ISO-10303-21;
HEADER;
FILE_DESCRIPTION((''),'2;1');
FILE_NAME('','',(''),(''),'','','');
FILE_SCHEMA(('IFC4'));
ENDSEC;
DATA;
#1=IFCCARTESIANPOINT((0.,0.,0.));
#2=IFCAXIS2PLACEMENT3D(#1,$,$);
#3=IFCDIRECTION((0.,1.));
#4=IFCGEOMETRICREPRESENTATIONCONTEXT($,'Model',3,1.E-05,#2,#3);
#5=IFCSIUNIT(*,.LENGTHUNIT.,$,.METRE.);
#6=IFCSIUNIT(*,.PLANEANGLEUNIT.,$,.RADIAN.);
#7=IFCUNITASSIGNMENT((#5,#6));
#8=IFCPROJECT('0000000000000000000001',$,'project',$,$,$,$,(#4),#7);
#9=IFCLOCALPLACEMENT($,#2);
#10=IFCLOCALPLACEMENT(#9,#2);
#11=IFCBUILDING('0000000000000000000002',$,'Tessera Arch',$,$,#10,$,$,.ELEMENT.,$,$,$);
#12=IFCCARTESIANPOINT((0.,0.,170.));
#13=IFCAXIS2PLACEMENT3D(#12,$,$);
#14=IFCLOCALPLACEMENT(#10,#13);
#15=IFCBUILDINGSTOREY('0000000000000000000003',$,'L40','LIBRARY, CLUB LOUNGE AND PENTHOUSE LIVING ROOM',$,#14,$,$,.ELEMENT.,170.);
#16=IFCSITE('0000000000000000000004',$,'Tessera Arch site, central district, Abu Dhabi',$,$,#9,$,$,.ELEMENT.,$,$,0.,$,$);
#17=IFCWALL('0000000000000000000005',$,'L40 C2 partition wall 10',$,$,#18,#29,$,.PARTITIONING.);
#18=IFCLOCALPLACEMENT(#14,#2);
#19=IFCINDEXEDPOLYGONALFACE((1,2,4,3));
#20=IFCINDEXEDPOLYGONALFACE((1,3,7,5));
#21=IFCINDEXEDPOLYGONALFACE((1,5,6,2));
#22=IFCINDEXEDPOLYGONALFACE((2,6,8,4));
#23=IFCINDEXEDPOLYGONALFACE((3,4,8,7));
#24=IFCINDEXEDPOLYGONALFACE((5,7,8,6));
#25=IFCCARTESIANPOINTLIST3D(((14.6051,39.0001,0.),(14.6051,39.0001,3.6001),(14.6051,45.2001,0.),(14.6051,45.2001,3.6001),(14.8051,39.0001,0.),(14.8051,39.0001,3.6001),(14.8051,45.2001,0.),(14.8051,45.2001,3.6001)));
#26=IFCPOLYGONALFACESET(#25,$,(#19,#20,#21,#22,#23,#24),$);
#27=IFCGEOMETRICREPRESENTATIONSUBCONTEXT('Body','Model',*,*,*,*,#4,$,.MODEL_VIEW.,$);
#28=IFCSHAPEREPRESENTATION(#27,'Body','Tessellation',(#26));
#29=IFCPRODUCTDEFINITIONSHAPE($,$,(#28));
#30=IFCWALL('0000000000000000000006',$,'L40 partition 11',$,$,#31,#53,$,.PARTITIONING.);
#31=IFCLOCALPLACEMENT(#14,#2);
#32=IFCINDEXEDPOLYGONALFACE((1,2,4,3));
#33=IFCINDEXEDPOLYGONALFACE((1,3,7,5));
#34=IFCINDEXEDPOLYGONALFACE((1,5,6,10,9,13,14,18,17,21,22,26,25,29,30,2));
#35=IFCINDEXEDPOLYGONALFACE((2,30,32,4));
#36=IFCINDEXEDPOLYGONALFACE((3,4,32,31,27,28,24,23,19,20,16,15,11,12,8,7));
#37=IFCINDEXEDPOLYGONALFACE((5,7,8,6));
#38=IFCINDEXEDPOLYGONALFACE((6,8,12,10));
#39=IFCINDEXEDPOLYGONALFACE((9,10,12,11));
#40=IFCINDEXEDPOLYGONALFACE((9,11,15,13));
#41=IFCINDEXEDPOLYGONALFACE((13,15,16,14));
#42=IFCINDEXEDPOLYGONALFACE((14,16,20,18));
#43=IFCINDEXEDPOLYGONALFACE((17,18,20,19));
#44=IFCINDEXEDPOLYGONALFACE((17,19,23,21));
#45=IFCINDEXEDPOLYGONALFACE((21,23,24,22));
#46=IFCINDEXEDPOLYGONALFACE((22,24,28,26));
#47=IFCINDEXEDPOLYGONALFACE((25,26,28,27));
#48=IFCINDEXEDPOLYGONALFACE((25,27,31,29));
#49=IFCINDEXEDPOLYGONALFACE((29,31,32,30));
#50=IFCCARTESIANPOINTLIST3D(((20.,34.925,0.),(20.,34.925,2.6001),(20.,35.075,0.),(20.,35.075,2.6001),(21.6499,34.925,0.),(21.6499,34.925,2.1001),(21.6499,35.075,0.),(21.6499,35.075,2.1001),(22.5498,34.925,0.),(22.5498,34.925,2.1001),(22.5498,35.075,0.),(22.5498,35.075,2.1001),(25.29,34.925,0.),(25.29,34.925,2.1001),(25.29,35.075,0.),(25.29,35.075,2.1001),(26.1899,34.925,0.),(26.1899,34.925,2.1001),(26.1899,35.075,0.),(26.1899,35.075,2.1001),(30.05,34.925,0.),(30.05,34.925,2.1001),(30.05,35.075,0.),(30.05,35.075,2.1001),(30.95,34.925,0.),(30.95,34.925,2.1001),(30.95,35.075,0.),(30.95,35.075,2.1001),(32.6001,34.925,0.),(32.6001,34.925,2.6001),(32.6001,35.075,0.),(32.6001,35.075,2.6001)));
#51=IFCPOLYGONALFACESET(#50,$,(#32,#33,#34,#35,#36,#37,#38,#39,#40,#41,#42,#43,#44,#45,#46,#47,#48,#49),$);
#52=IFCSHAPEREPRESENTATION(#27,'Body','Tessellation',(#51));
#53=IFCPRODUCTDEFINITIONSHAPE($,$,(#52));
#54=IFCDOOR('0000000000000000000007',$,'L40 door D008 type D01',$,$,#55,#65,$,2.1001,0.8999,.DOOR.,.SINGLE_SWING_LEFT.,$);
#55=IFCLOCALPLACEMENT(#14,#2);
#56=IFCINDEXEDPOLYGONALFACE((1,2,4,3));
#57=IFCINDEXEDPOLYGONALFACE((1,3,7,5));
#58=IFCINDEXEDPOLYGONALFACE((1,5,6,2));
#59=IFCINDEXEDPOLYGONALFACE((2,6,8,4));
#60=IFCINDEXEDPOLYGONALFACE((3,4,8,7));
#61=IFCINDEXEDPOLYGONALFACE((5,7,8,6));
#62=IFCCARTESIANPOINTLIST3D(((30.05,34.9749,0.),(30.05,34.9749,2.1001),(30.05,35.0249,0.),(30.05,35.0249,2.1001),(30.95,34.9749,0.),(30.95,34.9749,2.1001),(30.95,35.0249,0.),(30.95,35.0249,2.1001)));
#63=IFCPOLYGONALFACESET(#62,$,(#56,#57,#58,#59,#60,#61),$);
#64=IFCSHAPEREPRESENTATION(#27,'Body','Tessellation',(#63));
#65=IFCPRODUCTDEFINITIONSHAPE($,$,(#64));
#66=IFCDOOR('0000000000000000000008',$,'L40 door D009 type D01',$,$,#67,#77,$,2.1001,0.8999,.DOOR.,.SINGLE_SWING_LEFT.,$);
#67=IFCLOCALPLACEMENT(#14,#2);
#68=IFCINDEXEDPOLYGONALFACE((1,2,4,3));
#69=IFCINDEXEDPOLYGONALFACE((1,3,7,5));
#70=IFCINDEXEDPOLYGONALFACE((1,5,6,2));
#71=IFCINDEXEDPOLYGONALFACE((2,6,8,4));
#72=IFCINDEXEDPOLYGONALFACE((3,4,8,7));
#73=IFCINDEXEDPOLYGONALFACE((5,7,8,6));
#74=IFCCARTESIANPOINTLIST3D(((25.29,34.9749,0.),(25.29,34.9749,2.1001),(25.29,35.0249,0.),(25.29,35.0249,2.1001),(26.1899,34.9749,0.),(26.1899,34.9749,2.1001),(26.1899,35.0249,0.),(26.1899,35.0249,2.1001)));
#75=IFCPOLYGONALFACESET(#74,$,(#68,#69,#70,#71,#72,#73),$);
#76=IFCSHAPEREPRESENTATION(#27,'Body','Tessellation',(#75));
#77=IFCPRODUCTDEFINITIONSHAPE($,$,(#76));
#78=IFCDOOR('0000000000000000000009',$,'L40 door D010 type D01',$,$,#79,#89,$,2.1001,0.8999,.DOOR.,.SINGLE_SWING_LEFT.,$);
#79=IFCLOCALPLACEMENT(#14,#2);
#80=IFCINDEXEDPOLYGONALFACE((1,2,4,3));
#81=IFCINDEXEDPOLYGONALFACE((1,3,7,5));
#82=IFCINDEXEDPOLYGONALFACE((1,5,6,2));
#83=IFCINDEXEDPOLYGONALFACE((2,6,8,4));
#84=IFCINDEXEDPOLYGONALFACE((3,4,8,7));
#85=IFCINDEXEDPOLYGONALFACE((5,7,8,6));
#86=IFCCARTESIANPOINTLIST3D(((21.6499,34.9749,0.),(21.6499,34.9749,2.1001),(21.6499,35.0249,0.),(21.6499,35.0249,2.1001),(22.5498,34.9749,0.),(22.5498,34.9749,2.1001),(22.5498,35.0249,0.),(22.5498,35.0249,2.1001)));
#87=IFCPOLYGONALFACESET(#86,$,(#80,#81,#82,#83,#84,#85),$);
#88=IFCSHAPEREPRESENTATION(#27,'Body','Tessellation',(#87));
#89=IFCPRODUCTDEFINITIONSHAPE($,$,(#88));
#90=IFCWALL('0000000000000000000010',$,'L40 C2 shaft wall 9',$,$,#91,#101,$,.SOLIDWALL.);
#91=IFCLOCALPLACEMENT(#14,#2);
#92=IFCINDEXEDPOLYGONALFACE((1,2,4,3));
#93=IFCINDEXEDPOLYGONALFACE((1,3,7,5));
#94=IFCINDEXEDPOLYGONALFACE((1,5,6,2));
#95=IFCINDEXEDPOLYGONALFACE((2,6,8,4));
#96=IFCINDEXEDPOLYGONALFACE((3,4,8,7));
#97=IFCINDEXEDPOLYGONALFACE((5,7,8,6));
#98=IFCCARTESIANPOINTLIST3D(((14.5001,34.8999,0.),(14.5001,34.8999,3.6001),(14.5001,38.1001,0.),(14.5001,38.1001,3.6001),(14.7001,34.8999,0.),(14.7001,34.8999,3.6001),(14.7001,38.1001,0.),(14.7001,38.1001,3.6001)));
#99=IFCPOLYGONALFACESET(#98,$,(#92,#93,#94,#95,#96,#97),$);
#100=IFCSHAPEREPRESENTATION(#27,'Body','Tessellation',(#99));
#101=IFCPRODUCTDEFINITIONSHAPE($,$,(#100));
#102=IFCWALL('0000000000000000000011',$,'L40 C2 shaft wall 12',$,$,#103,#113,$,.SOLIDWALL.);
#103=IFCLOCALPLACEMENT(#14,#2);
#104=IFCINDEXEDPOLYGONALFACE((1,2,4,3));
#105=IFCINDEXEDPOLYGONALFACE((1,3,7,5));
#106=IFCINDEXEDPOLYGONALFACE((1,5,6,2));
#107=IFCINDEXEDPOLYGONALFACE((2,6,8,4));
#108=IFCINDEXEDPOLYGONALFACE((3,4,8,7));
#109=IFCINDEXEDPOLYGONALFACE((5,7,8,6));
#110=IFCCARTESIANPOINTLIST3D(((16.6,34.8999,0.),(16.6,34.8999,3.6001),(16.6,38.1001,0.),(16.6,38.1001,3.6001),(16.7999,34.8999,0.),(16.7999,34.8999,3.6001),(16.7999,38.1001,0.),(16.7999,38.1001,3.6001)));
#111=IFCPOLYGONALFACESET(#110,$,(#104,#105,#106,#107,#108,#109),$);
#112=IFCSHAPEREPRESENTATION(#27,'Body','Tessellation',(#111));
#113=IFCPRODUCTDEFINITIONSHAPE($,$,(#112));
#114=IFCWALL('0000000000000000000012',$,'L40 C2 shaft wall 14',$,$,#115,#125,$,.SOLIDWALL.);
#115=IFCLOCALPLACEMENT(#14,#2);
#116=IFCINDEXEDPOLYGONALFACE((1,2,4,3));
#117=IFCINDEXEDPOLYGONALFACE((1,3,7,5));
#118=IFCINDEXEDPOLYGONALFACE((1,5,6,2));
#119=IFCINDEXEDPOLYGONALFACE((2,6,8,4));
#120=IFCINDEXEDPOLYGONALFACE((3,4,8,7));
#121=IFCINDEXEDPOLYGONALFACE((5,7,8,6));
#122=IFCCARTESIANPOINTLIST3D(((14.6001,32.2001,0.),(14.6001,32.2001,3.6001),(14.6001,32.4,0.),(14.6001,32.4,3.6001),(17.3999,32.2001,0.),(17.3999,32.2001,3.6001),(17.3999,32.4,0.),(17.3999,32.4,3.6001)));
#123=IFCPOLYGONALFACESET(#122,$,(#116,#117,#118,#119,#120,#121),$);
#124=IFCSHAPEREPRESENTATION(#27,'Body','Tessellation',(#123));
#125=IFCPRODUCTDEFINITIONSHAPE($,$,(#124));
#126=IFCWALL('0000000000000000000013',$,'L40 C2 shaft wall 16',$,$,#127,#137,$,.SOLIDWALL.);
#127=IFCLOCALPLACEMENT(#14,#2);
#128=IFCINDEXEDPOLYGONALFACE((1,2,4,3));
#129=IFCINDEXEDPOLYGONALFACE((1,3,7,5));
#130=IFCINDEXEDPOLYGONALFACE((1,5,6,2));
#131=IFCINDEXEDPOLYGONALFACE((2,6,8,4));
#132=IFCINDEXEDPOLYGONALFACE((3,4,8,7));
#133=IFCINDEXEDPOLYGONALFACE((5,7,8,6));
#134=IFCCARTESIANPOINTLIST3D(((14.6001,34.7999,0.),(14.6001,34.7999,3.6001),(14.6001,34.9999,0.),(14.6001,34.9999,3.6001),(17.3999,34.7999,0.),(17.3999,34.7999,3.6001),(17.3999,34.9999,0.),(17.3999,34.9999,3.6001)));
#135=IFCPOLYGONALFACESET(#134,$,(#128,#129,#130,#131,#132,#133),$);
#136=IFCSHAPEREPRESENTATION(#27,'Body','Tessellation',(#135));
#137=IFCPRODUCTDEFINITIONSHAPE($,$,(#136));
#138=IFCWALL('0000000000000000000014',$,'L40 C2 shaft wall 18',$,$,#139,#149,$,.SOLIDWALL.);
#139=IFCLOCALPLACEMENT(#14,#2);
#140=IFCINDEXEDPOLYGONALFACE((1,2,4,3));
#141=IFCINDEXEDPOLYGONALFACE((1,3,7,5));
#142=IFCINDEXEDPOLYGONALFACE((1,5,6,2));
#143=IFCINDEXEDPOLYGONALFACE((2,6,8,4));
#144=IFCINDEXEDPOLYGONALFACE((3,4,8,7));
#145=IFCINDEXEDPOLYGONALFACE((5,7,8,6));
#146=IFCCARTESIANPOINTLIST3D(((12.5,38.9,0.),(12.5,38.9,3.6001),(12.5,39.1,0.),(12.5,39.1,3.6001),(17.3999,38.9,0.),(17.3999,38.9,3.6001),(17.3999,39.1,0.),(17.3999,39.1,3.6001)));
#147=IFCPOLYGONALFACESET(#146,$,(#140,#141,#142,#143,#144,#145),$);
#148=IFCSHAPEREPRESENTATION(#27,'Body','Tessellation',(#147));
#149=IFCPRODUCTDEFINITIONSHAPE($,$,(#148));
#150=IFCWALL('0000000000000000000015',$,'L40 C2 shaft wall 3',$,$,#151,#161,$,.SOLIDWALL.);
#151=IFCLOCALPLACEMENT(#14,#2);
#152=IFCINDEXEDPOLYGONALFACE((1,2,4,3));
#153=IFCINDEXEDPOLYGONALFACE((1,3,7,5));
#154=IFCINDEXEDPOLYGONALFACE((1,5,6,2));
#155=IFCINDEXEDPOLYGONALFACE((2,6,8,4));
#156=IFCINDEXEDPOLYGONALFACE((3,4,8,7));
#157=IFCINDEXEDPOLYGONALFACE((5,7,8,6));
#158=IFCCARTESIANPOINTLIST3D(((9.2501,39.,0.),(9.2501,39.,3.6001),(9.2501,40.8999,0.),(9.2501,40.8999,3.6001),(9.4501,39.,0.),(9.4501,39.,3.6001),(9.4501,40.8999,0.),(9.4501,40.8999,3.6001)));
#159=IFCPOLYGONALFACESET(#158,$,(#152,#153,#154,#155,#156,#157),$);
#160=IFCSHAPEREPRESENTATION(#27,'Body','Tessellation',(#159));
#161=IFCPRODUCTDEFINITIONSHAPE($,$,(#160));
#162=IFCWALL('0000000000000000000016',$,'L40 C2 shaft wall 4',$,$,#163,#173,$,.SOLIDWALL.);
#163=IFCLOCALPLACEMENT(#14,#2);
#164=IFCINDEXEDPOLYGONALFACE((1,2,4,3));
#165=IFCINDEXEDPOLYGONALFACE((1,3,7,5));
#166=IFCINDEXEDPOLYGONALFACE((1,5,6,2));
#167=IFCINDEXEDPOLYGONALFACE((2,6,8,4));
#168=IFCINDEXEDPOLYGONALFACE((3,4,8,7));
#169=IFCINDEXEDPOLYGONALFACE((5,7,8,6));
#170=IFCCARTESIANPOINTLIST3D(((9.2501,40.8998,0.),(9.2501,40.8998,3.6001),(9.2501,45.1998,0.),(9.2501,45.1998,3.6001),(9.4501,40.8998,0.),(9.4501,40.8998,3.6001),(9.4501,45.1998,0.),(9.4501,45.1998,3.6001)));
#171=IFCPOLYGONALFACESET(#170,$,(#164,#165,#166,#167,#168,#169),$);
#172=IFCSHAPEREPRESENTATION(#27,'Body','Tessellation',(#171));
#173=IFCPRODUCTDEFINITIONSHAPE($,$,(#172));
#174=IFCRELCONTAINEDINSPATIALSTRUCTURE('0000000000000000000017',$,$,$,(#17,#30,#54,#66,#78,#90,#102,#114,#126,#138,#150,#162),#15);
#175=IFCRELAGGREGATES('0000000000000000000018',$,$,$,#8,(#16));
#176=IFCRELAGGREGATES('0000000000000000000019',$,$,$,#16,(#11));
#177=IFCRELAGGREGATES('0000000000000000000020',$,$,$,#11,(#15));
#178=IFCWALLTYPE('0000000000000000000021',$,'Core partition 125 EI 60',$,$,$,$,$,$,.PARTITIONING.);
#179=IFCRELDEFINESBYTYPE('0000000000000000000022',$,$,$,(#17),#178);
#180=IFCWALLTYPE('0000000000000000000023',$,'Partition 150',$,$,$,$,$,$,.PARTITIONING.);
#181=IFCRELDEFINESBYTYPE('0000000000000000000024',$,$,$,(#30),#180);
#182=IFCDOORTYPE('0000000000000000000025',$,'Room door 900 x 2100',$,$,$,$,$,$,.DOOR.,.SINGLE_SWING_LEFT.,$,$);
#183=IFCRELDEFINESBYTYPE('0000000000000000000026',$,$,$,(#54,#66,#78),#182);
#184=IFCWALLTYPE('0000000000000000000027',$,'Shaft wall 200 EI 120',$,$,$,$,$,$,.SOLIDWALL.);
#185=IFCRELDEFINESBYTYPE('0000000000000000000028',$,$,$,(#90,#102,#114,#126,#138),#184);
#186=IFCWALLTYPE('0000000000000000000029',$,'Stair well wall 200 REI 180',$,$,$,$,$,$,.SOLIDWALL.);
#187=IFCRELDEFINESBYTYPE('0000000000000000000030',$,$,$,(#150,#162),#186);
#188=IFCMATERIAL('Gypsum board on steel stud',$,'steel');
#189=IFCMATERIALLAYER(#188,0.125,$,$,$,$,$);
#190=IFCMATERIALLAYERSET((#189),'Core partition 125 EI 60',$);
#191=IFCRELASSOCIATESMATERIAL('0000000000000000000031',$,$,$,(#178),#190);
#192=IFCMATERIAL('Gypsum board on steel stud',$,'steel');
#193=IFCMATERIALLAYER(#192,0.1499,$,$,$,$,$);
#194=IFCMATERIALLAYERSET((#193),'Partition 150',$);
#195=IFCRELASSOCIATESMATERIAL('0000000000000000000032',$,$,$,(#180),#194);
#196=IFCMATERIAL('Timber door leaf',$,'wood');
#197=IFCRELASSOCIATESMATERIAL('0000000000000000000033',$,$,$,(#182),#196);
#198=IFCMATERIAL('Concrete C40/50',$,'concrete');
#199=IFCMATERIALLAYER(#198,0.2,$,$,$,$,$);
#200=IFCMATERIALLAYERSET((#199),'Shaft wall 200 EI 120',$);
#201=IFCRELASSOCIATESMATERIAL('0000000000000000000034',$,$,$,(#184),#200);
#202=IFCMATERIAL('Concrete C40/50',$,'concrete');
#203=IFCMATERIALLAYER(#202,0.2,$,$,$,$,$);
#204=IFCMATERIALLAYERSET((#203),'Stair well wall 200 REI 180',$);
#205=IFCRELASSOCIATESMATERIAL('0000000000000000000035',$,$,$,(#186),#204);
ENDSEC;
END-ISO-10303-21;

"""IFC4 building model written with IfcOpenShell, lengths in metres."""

from ifc_helpers import new_model, si_unit, direction, frame, frame_2d, origin, place, context, subcontext, project, spatial, rectangle, extrude, material, layer, layer_set, type_object, element, fill, save


model = new_model("IFC4")

# Units and contexts
model_context = context("Model", 3, precision=1e-05, world=origin(), true_north=direction((0.0, 1.0)))
body_context = subcontext(model_context, "Body", "Model", "MODEL_VIEW")
ifc_project = project(units=[si_unit("LENGTHUNIT", "METRE"), si_unit("PLANEANGLEUNIT", "RADIAN")], contexts=[model_context])

# Site, building, storey
site_placement = place(None, origin())
site = spatial("IfcSite", under=ifc_project, at=site_placement, Name="Tessera Arch site, central district, Abu Dhabi", CompositionType="ELEMENT", RefElevation=0.0)
building_placement = place(site_placement, origin())
building = spatial("IfcBuilding", under=site, at=building_placement, Name="Tessera Arch", CompositionType="ELEMENT")
storey_placement = place(building_placement, frame((0.0, 0.0, 170.0)))
storey = spatial("IfcBuildingStorey", under=building, at=storey_placement, Name="L40", Description="LIBRARY, CLUB LOUNGE AND PENTHOUSE LIVING ROOM", CompositionType="ELEMENT", Elevation=170.0)

# Wall
ifc_material_1 = material(Name="Gypsum board on steel stud", Category="steel")
ifc_layer_1 = layer(ifc_material_1, 0.125)
ifc_layer_set_1 = layer_set([ifc_layer_1], Name="Core partition 125 EI 60")
wall_type_1 = type_object("IfcWallType", Name="Core partition 125 EI 60", PredefinedType="PARTITIONING", material=ifc_layer_set_1)
wall_1_placement = place(storey_placement, frame((14.7051, 39.0, 0.0), z_axis=(0.0, 0.0, 1.0), x_axis=(0.0, 1.0, 0.0)))
element("IfcWall", 1, at=wall_1_placement, inside=storey, type_object=wall_type_1, Name="L40 C2 partition wall 10", PredefinedType="PARTITIONING", context=body_context, shape_type="SweptSolid", body=[
    extrude(rectangle(XDim=6.2, YDim=0.2, at=frame_2d((3.1001, 0.0))), origin(), (0.0, 0.0, 1.0), 3.6001),
])

# Wall, openings, doors
ifc_material_2 = material(Name="Gypsum board on steel stud", Category="steel")
ifc_layer_2 = layer(ifc_material_2, 0.1499)
ifc_layer_set_2 = layer_set([ifc_layer_2], Name="Partition 150")
wall_type_2 = type_object("IfcWallType", Name="Partition 150", PredefinedType="PARTITIONING", material=ifc_layer_set_2)
wall_2_placement = place(storey_placement, frame((20.0, 35.0, 0.0), z_axis=(0.0, 0.0, 1.0), x_axis=(1.0, 0.0, 0.0)))
wall_2 = element("IfcWall", 2, at=wall_2_placement, inside=storey, type_object=wall_type_2, Name="L40 partition 11", PredefinedType="PARTITIONING", context=body_context, shape_type="SweptSolid", body=[
    extrude(rectangle(XDim=12.6001, YDim=0.1499, at=frame_2d((6.3, 0.0))), origin(), (0.0, 0.0, 1.0), 2.6001),
])
opening_1_placement = place(wall_2_placement, frame((10.05, 0.0, 0.0)))
opening_1 = element("IfcOpeningElement", 3, at=opening_1_placement, cuts=wall_2, PredefinedType="OPENING", context=body_context, shape_type="SweptSolid", body=[
    extrude(rectangle(XDim=0.8999, YDim=2.1001, at=frame_2d((0.45, 1.05))), frame((0.0, 0.085, 0.0), z_axis=(0.0, -1.0, 0.0), x_axis=(1.0, 0.0, 0.0)), (0.0, 0.0, 1.0), 0.1699),
])
opening_2_placement = place(wall_2_placement, frame((5.29, 0.0, 0.0)))
opening_2 = element("IfcOpeningElement", 4, at=opening_2_placement, cuts=wall_2, PredefinedType="OPENING", context=body_context, shape_type="SweptSolid", body=[
    extrude(rectangle(XDim=0.8999, YDim=2.1001, at=frame_2d((0.45, 1.05))), frame((0.0, 0.085, 0.0), z_axis=(0.0, -1.0, 0.0), x_axis=(1.0, 0.0, 0.0)), (0.0, 0.0, 1.0), 0.1699),
])
opening_3_placement = place(wall_2_placement, frame((1.6499, 0.0, 0.0)))
opening_3 = element("IfcOpeningElement", 5, at=opening_3_placement, cuts=wall_2, PredefinedType="OPENING", context=body_context, shape_type="SweptSolid", body=[
    extrude(rectangle(XDim=0.8999, YDim=2.1001, at=frame_2d((0.45, 1.05))), frame((0.0, 0.085, 0.0), z_axis=(0.0, -1.0, 0.0), x_axis=(1.0, 0.0, 0.0)), (0.0, 0.0, 1.0), 0.1699),
])
ifc_material_3 = material(Name="Timber door leaf", Category="wood")
door_type = type_object("IfcDoorType", Name="Room door 900 x 2100", OperationType="SINGLE_SWING_LEFT", PredefinedType="DOOR", material=ifc_material_3)
door_1_placement = place(opening_1_placement, origin())
door_1 = element("IfcDoor", 6, at=door_1_placement, inside=storey, type_object=door_type, Name="L40 door D008 type D01", OperationType="SINGLE_SWING_LEFT", OverallHeight=2.1001, OverallWidth=0.8999, PredefinedType="DOOR", context=body_context, shape_type="SweptSolid", body=[
    extrude(rectangle(XDim=0.8999, YDim=2.1001, at=frame_2d((0.45, 1.05))), frame((0.0, 0.0249, 0.0), z_axis=(0.0, -1.0, 0.0), x_axis=(1.0, 0.0, 0.0)), (0.0, 0.0, 1.0), 0.05),
])
fill(opening_1, door_1)
door_2_placement = place(opening_2_placement, origin())
door_2 = element("IfcDoor", 7, at=door_2_placement, inside=storey, type_object=door_type, Name="L40 door D009 type D01", OperationType="SINGLE_SWING_LEFT", OverallHeight=2.1001, OverallWidth=0.8999, PredefinedType="DOOR", context=body_context, shape_type="SweptSolid", body=[
    extrude(rectangle(XDim=0.8999, YDim=2.1001, at=frame_2d((0.45, 1.05))), frame((0.0, 0.0249, 0.0), z_axis=(0.0, -1.0, 0.0), x_axis=(1.0, 0.0, 0.0)), (0.0, 0.0, 1.0), 0.05),
])
fill(opening_2, door_2)
door_3_placement = place(opening_3_placement, origin())
door_3 = element("IfcDoor", 8, at=door_3_placement, inside=storey, type_object=door_type, Name="L40 door D010 type D01", OperationType="SINGLE_SWING_LEFT", OverallHeight=2.1001, OverallWidth=0.8999, PredefinedType="DOOR", context=body_context, shape_type="SweptSolid", body=[
    extrude(rectangle(XDim=0.8999, YDim=2.1001, at=frame_2d((0.45, 1.05))), frame((0.0, 0.0249, 0.0), z_axis=(0.0, -1.0, 0.0), x_axis=(1.0, 0.0, 0.0)), (0.0, 0.0, 1.0), 0.05),
])
fill(opening_3, door_3)

# Walls
ifc_material_4 = material(Name="Concrete C40/50", Category="concrete")
ifc_layer_3 = layer(ifc_material_4, 0.2)
ifc_layer_set_3 = layer_set([ifc_layer_3], Name="Shaft wall 200 EI 120")
wall_type_3 = type_object("IfcWallType", Name="Shaft wall 200 EI 120", PredefinedType="SOLIDWALL", material=ifc_layer_set_3)
for number, where, z_axis, x_axis, name in (
    (9, (14.6001, 34.8999, 0.0), (0.0, 0.0, 1.0), (0.0, 1.0, 0.0), "L40 C2 shaft wall 9"),
    (10, (16.7, 34.8999, 0.0), (0.0, 0.0, 1.0), (0.0, 1.0, 0.0), "L40 C2 shaft wall 12"),
):
    element("IfcWall", number, at=place(storey_placement, frame(where, z_axis=z_axis, x_axis=x_axis)), inside=storey, type_object=wall_type_3, Name=name, PredefinedType="SOLIDWALL", context=body_context, shape_type="SweptSolid", body=[
        extrude(rectangle(XDim=3.2002, YDim=0.2, at=frame_2d((1.6001, 0.0))), origin(), (0.0, 0.0, 1.0), 3.6001),
    ])
for number, where, z_axis, x_axis, name in (
    (11, (14.6001, 32.3, 0.0), (0.0, 0.0, 1.0), (1.0, 0.0, 0.0), "L40 C2 shaft wall 14"),
    (12, (14.6001, 34.8999, 0.0), (0.0, 0.0, 1.0), (1.0, 0.0, 0.0), "L40 C2 shaft wall 16"),
):
    element("IfcWall", number, at=place(storey_placement, frame(where, z_axis=z_axis, x_axis=x_axis)), inside=storey, type_object=wall_type_3, Name=name, PredefinedType="SOLIDWALL", context=body_context, shape_type="SweptSolid", body=[
        extrude(rectangle(XDim=2.7998, YDim=0.2, at=frame_2d((1.3999, 0.0))), origin(), (0.0, 0.0, 1.0), 3.6001),
    ])
wall_3_placement = place(storey_placement, frame((12.5, 39.0, 0.0), z_axis=(0.0, 0.0, 1.0), x_axis=(1.0, 0.0, 0.0)))
element("IfcWall", 13, at=wall_3_placement, inside=storey, type_object=wall_type_3, Name="L40 C2 shaft wall 18", PredefinedType="SOLIDWALL", context=body_context, shape_type="SweptSolid", body=[
    extrude(rectangle(XDim=4.8999, YDim=0.2, at=frame_2d((2.45, 0.0))), origin(), (0.0, 0.0, 1.0), 3.6001),
])
ifc_material_5 = material(Name="Concrete C40/50", Category="concrete")
ifc_layer_4 = layer(ifc_material_5, 0.2)
ifc_layer_set_4 = layer_set([ifc_layer_4], Name="Stair well wall 200 REI 180")
wall_type_4 = type_object("IfcWallType", Name="Stair well wall 200 REI 180", PredefinedType="SOLIDWALL", material=ifc_layer_set_4)
wall_4_placement = place(storey_placement, frame((9.3501, 39.0, 0.0), z_axis=(0.0, 0.0, 1.0), x_axis=(0.0, 1.0, 0.0)))
element("IfcWall", 14, at=wall_4_placement, inside=storey, type_object=wall_type_4, Name="L40 C2 shaft wall 3", PredefinedType="SOLIDWALL", context=body_context, shape_type="SweptSolid", body=[
    extrude(rectangle(XDim=1.8999, YDim=0.2, at=frame_2d((0.95, 0.0))), origin(), (0.0, 0.0, 1.0), 3.6001),
])
wall_5_placement = place(storey_placement, frame((9.3501, 40.8999, 0.0), z_axis=(0.0, 0.0, 1.0), x_axis=(0.0, 1.0, 0.0)))
element("IfcWall", 15, at=wall_5_placement, inside=storey, type_object=wall_type_4, Name="L40 C2 shaft wall 4", PredefinedType="SOLIDWALL", context=body_context, shape_type="SweptSolid", body=[
    extrude(rectangle(XDim=4.3, YDim=0.2, at=frame_2d((2.1499, 0.0))), origin(), (0.0, 0.0, 1.0), 3.6001),
])

save(model, "model.ifc")
